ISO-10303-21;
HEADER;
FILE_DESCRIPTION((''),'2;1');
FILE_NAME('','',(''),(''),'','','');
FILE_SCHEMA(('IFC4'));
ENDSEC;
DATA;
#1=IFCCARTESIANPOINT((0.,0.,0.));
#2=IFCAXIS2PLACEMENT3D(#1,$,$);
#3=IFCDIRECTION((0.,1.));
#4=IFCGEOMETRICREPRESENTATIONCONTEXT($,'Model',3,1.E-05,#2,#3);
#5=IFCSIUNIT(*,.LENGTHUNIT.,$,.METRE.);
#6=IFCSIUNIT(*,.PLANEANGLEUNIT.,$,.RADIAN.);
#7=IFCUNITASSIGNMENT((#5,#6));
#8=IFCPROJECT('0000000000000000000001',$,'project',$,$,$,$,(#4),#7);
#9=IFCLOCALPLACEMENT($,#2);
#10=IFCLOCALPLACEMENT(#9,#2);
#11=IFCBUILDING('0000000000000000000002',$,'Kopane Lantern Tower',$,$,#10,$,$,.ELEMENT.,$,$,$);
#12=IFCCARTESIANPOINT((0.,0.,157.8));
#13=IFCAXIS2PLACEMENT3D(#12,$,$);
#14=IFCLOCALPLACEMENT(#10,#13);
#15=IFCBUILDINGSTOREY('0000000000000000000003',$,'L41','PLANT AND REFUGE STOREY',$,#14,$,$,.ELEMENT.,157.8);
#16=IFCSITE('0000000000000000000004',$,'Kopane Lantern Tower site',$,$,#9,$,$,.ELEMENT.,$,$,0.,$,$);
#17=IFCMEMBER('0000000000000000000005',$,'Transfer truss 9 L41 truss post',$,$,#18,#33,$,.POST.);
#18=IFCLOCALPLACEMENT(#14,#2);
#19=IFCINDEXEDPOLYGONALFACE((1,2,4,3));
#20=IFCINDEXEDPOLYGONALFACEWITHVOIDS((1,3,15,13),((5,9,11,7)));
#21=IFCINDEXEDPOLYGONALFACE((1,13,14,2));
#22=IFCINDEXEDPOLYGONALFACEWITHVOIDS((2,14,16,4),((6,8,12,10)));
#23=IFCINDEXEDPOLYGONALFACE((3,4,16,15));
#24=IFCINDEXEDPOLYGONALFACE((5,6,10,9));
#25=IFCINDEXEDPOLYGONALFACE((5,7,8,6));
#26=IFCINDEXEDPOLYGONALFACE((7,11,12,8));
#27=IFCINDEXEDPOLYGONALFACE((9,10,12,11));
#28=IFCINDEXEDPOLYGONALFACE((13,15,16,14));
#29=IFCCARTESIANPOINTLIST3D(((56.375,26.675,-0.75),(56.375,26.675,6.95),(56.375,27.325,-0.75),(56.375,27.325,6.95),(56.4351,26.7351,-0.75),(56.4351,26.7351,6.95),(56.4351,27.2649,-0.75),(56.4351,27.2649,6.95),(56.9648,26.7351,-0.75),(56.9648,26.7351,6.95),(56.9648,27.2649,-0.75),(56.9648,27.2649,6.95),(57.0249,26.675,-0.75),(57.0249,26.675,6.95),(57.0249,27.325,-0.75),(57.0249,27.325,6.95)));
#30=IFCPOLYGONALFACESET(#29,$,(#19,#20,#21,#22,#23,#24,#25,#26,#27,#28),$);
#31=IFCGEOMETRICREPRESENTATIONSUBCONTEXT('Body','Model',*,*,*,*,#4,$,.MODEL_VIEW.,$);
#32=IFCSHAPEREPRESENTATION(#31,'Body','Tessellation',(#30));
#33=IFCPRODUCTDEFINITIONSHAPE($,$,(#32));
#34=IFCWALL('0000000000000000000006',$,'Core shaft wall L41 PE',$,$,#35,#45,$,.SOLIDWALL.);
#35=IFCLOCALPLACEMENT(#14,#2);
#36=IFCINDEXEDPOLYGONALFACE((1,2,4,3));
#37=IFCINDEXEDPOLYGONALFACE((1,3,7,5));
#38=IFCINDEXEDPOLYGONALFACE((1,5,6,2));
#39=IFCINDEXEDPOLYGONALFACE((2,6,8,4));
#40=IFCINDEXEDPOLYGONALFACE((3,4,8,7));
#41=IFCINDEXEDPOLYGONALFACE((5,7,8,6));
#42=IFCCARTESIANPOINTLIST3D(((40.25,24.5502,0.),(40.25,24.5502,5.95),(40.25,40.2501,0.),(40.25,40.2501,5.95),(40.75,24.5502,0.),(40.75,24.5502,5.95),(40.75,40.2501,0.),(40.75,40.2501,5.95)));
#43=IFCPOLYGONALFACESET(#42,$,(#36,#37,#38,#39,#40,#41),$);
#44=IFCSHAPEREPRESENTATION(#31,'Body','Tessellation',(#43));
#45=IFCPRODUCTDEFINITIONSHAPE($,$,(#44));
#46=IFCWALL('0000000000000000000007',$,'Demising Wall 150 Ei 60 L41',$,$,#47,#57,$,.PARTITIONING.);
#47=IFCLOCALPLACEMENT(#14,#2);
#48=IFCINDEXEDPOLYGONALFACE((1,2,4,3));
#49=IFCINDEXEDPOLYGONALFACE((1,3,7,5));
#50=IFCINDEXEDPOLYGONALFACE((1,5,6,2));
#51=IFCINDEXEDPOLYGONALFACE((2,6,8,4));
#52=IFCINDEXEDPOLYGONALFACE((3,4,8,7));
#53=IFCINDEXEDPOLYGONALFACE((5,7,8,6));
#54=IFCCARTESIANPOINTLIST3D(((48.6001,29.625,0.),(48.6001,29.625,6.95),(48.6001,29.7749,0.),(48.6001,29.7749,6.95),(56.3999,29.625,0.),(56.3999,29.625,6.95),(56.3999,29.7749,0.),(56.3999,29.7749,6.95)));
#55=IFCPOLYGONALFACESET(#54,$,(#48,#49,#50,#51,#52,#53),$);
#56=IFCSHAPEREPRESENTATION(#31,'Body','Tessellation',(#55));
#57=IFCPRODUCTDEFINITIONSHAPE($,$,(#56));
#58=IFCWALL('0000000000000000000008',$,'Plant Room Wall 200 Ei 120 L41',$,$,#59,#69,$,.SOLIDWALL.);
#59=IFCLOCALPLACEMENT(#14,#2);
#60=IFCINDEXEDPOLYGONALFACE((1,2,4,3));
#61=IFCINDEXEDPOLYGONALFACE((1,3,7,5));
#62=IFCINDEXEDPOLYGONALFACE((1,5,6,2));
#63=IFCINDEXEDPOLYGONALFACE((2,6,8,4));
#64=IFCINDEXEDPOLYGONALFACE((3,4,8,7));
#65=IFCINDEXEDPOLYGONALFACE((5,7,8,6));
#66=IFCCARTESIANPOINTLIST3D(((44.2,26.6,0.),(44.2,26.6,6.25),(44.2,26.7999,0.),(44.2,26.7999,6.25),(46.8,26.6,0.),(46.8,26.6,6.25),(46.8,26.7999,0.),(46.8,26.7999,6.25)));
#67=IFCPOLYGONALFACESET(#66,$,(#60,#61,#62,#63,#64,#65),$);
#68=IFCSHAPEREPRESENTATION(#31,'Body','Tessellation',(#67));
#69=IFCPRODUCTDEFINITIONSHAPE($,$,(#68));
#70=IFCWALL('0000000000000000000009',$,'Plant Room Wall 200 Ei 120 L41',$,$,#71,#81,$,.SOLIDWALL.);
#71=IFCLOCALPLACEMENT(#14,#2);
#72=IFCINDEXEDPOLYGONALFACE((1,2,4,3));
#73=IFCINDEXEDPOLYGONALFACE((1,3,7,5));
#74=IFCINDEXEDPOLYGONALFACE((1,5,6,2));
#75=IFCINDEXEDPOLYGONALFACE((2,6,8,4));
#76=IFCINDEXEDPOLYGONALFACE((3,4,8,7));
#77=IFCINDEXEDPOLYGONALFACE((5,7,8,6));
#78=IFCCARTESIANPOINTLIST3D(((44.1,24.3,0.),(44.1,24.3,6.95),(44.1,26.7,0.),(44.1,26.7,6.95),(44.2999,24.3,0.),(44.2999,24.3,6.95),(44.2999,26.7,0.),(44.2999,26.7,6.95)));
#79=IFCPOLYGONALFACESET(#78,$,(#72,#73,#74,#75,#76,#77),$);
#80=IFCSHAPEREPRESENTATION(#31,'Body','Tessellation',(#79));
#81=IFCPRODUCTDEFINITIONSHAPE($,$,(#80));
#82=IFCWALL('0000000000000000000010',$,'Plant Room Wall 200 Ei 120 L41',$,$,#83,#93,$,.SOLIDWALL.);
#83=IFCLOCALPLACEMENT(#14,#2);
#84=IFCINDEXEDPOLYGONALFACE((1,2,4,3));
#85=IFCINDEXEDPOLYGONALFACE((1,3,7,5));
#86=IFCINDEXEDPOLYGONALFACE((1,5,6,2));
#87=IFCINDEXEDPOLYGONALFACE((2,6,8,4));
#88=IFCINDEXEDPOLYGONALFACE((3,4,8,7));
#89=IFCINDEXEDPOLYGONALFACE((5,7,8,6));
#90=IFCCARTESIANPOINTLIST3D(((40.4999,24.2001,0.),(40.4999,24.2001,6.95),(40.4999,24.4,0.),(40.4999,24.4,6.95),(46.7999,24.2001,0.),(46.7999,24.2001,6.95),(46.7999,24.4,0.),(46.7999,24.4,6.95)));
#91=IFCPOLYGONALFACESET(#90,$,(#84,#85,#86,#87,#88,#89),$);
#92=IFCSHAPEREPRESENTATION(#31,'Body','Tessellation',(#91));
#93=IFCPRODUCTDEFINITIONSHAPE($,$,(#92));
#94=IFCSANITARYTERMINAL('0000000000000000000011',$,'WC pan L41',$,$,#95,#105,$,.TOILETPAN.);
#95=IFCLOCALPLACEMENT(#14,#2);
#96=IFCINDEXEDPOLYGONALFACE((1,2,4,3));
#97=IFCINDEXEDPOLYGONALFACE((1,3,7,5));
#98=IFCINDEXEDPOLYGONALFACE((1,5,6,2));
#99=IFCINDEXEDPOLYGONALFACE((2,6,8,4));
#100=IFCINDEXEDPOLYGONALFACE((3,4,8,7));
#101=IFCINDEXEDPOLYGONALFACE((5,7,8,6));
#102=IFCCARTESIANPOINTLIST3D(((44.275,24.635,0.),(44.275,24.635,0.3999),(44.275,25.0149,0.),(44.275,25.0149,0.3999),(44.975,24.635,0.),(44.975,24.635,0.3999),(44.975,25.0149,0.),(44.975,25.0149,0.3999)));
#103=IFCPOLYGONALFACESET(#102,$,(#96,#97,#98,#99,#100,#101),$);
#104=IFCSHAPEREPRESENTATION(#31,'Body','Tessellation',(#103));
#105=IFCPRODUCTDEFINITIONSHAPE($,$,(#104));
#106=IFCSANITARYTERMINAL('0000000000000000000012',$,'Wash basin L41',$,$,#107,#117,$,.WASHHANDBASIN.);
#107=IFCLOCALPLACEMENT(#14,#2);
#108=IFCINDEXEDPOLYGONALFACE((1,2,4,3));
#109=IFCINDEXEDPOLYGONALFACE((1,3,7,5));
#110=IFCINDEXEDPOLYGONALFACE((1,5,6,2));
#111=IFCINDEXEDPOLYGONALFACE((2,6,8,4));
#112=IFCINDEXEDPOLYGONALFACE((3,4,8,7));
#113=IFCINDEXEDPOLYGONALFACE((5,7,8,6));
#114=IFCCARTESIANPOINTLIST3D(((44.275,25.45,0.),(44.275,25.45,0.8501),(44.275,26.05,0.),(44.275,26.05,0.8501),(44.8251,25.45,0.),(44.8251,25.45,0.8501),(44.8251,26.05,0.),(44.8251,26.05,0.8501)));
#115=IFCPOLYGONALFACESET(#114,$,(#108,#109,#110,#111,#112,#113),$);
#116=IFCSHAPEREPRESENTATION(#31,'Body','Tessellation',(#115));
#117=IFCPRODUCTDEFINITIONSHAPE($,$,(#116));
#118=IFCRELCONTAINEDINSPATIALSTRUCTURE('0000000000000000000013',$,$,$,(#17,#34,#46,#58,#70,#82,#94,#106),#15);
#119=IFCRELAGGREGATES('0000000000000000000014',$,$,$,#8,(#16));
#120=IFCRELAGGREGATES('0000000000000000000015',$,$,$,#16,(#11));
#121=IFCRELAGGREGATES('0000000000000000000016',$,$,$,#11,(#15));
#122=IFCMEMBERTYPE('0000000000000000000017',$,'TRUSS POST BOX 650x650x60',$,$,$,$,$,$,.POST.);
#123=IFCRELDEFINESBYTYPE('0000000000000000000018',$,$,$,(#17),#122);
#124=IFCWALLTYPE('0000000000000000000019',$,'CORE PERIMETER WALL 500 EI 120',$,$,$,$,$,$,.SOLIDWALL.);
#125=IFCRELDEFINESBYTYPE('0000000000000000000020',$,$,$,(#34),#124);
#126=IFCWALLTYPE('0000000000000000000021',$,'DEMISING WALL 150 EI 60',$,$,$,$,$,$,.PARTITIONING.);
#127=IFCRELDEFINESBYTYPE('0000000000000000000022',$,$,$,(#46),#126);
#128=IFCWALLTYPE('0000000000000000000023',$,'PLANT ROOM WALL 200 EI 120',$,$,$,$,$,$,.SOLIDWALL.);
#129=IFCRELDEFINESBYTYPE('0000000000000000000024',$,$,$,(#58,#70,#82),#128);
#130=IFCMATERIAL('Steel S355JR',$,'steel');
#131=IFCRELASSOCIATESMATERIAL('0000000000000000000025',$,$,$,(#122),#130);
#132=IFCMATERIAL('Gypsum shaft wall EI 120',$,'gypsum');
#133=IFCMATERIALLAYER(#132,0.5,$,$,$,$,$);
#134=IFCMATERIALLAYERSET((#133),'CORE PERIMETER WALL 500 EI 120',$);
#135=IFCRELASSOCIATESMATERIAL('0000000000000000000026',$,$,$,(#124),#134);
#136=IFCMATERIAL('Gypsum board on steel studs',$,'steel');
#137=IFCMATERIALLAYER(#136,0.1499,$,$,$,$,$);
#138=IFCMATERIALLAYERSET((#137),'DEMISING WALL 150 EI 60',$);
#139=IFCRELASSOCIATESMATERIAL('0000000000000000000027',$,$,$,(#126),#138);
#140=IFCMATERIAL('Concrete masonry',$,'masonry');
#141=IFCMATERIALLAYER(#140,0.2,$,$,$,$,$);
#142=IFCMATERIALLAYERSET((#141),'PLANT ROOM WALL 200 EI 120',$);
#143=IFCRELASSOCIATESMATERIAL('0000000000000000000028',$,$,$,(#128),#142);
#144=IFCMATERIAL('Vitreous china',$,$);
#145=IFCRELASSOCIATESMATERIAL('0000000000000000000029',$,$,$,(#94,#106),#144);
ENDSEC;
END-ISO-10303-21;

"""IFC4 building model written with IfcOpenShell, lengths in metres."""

from ifc_helpers import new_model, si_unit, direction, frame, frame_2d, origin, origin_2d, place, context, subcontext, project, spatial, rectangle, hollow_rectangle, extrude, material, layer, layer_set, material_profile, profile_set, type_object, element, save


model = new_model("IFC4")

# Units and contexts
model_context = context("Model", 3, precision=1e-05, world=origin(), true_north=direction((0.0, 1.0)))
body_context = subcontext(model_context, "Body", "Model", "MODEL_VIEW")
ifc_project = project(units=[si_unit("LENGTHUNIT", "METRE"), si_unit("PLANEANGLEUNIT", "RADIAN")], contexts=[model_context])

# Site, building, storey
site_placement = place(None, origin())
site = spatial("IfcSite", under=ifc_project, at=site_placement, Name="Kopane Lantern Tower site", CompositionType="ELEMENT", RefElevation=0.0)
building_placement = place(site_placement, origin())
building = spatial("IfcBuilding", under=site, at=building_placement, Name="Kopane Lantern Tower", CompositionType="ELEMENT")
storey_placement = place(building_placement, frame((0.0, 0.0, 157.8)))
storey = spatial("IfcBuildingStorey", under=building, at=storey_placement, Name="L41", Description="PLANT AND REFUGE STOREY", CompositionType="ELEMENT", Elevation=157.8)

# Member
ifc_material_1 = material(Name="Steel S355JR", Category="steel")
ifc_material_profile_1 = material_profile(ifc_material_1, hollow_rectangle(XDim=0.6499, YDim=0.6499, WallThickness=0.0601, at=origin_2d()), Name="BOX 650x650x60")
ifc_profile_set_1 = profile_set([ifc_material_profile_1], Name="Steel S355JR")
member_type_1 = type_object("IfcMemberType", Name="TRUSS POST BOX 650x650x60", PredefinedType="POST", material=ifc_profile_set_1)
for number, where, z_axis, x_axis, name in (
    (1, (56.7, 27.0, -0.75), (0.0, 0.0, 1.0), (1.0, 0.0, 0.0), "Transfer truss 9 L41 truss post"),
):
    element("IfcMember", number, at=place(storey_placement, frame(where, z_axis=z_axis, x_axis=x_axis)), inside=storey, type_object=member_type_1, Name=name, PredefinedType="POST", context=body_context, shape_type="SweptSolid", body=[
        extrude(hollow_rectangle(XDim=0.6499, YDim=0.6499, WallThickness=0.0601, at=origin_2d()), origin(), (0.0, 0.0, 1.0), 7.7),
    ])

# Walls
ifc_material_2 = material(Name="Gypsum shaft wall EI 120", Category="gypsum")
ifc_layer_1 = layer(ifc_material_2, 0.5)
ifc_layer_set_1 = layer_set([ifc_layer_1], Name="CORE PERIMETER WALL 500 EI 120")
wall_type_1 = type_object("IfcWallType", Name="CORE PERIMETER WALL 500 EI 120", PredefinedType="SOLIDWALL", material=ifc_layer_set_1)
wall_1_placement = place(storey_placement, frame((40.5, 24.55, 0.0), z_axis=(0.0, 0.0, 1.0), x_axis=(0.0, 1.0, 0.0)))
element("IfcWall", 2, at=wall_1_placement, inside=storey, type_object=wall_type_1, Name="Core shaft wall L41 PE", PredefinedType="SOLIDWALL", context=body_context, shape_type="SweptSolid", body=[
    extrude(rectangle(XDim=15.7, YDim=0.5, at=frame_2d((7.8501, 0.0))), origin(), (0.0, 0.0, 1.0), 5.95),
])
ifc_material_3 = material(Name="Gypsum board on steel studs", Category="steel")
ifc_layer_2 = layer(ifc_material_3, 0.1499)
ifc_layer_set_2 = layer_set([ifc_layer_2], Name="DEMISING WALL 150 EI 60")
wall_type_2 = type_object("IfcWallType", Name="DEMISING WALL 150 EI 60", PredefinedType="PARTITIONING", material=ifc_layer_set_2)
wall_2_placement = place(storey_placement, frame((48.6001, 29.7, 0.0), z_axis=(0.0, 0.0, 1.0), x_axis=(1.0, 0.0, 0.0)))
element("IfcWall", 3, at=wall_2_placement, inside=storey, type_object=wall_type_2, Name="Demising Wall 150 Ei 60 L41", PredefinedType="PARTITIONING", context=body_context, shape_type="SweptSolid", body=[
    extrude(rectangle(XDim=7.7998, YDim=0.1499, at=frame_2d((3.8999, 0.0))), origin(), (0.0, 0.0, 1.0), 6.95),
])
ifc_material_4 = material(Name="Concrete masonry", Category="masonry")
ifc_layer_3 = layer(ifc_material_4, 0.2)
ifc_layer_set_3 = layer_set([ifc_layer_3], Name="PLANT ROOM WALL 200 EI 120")
wall_type_3 = type_object("IfcWallType", Name="PLANT ROOM WALL 200 EI 120", PredefinedType="SOLIDWALL", material=ifc_layer_set_3)
wall_3_placement = place(storey_placement, frame((46.8, 26.7, 0.0), z_axis=(0.0, 0.0, 1.0), x_axis=(-1.0, 0.0, 0.0)))
element("IfcWall", 4, at=wall_3_placement, inside=storey, type_object=wall_type_3, Name="Plant Room Wall 200 Ei 120 L41", PredefinedType="SOLIDWALL", context=body_context, shape_type="SweptSolid", body=[
    extrude(rectangle(XDim=2.6001, YDim=0.2, at=frame_2d((1.3, 0.0))), origin(), (0.0, 0.0, 1.0), 6.25),
])
wall_4_placement = place(storey_placement, frame((44.2, 24.3, 0.0), z_axis=(0.0, 0.0, 1.0), x_axis=(0.0, 1.0, 0.0)))
element("IfcWall", 5, at=wall_4_placement, inside=storey, type_object=wall_type_3, Name="Plant Room Wall 200 Ei 120 L41", PredefinedType="SOLIDWALL", context=body_context, shape_type="SweptSolid", body=[
    extrude(rectangle(XDim=2.3999, YDim=0.2, at=frame_2d((1.2, 0.0))), origin(), (0.0, 0.0, 1.0), 6.95),
])
wall_5_placement = place(storey_placement, frame((40.5, 24.3, 0.0), z_axis=(0.0, 0.0, 1.0), x_axis=(1.0, 0.0, 0.0)))
element("IfcWall", 6, at=wall_5_placement, inside=storey, type_object=wall_type_3, Name="Plant Room Wall 200 Ei 120 L41", PredefinedType="SOLIDWALL", context=body_context, shape_type="SweptSolid", body=[
    extrude(rectangle(XDim=6.3, YDim=0.2, at=frame_2d((3.1499, 0.0))), origin(), (0.0, 0.0, 1.0), 6.95),
])

# Sanitary terminals
ifc_material_5 = material(Name="Vitreous china")
sanitary_terminal_1_placement = place(storey_placement, frame((44.625, 24.825, 0.0), z_axis=(0.0, 0.0, 1.0), x_axis=(1.0, 0.0, 0.0)))
element("IfcSanitaryTerminal", 7, at=sanitary_terminal_1_placement, inside=storey, material=ifc_material_5, Name="WC pan L41", PredefinedType="TOILETPAN", context=body_context, shape_type="SweptSolid", body=[
    extrude(rectangle(XDim=0.7, YDim=0.3799, at=origin_2d()), origin(), (0.0, 0.0, 1.0), 0.3999),
])
sanitary_terminal_2_placement = place(storey_placement, frame((44.55, 25.75, 0.0), z_axis=(0.0, 0.0, 1.0), x_axis=(1.0, 0.0, 0.0)))
element("IfcSanitaryTerminal", 8, at=sanitary_terminal_2_placement, inside=storey, material=ifc_material_5, Name="Wash basin L41", PredefinedType="WASHHANDBASIN", context=body_context, shape_type="SweptSolid", body=[
    extrude(rectangle(XDim=0.55, YDim=0.6001, at=origin_2d()), origin(), (0.0, 0.0, 1.0), 0.8501),
])

save(model, "model.ifc")
